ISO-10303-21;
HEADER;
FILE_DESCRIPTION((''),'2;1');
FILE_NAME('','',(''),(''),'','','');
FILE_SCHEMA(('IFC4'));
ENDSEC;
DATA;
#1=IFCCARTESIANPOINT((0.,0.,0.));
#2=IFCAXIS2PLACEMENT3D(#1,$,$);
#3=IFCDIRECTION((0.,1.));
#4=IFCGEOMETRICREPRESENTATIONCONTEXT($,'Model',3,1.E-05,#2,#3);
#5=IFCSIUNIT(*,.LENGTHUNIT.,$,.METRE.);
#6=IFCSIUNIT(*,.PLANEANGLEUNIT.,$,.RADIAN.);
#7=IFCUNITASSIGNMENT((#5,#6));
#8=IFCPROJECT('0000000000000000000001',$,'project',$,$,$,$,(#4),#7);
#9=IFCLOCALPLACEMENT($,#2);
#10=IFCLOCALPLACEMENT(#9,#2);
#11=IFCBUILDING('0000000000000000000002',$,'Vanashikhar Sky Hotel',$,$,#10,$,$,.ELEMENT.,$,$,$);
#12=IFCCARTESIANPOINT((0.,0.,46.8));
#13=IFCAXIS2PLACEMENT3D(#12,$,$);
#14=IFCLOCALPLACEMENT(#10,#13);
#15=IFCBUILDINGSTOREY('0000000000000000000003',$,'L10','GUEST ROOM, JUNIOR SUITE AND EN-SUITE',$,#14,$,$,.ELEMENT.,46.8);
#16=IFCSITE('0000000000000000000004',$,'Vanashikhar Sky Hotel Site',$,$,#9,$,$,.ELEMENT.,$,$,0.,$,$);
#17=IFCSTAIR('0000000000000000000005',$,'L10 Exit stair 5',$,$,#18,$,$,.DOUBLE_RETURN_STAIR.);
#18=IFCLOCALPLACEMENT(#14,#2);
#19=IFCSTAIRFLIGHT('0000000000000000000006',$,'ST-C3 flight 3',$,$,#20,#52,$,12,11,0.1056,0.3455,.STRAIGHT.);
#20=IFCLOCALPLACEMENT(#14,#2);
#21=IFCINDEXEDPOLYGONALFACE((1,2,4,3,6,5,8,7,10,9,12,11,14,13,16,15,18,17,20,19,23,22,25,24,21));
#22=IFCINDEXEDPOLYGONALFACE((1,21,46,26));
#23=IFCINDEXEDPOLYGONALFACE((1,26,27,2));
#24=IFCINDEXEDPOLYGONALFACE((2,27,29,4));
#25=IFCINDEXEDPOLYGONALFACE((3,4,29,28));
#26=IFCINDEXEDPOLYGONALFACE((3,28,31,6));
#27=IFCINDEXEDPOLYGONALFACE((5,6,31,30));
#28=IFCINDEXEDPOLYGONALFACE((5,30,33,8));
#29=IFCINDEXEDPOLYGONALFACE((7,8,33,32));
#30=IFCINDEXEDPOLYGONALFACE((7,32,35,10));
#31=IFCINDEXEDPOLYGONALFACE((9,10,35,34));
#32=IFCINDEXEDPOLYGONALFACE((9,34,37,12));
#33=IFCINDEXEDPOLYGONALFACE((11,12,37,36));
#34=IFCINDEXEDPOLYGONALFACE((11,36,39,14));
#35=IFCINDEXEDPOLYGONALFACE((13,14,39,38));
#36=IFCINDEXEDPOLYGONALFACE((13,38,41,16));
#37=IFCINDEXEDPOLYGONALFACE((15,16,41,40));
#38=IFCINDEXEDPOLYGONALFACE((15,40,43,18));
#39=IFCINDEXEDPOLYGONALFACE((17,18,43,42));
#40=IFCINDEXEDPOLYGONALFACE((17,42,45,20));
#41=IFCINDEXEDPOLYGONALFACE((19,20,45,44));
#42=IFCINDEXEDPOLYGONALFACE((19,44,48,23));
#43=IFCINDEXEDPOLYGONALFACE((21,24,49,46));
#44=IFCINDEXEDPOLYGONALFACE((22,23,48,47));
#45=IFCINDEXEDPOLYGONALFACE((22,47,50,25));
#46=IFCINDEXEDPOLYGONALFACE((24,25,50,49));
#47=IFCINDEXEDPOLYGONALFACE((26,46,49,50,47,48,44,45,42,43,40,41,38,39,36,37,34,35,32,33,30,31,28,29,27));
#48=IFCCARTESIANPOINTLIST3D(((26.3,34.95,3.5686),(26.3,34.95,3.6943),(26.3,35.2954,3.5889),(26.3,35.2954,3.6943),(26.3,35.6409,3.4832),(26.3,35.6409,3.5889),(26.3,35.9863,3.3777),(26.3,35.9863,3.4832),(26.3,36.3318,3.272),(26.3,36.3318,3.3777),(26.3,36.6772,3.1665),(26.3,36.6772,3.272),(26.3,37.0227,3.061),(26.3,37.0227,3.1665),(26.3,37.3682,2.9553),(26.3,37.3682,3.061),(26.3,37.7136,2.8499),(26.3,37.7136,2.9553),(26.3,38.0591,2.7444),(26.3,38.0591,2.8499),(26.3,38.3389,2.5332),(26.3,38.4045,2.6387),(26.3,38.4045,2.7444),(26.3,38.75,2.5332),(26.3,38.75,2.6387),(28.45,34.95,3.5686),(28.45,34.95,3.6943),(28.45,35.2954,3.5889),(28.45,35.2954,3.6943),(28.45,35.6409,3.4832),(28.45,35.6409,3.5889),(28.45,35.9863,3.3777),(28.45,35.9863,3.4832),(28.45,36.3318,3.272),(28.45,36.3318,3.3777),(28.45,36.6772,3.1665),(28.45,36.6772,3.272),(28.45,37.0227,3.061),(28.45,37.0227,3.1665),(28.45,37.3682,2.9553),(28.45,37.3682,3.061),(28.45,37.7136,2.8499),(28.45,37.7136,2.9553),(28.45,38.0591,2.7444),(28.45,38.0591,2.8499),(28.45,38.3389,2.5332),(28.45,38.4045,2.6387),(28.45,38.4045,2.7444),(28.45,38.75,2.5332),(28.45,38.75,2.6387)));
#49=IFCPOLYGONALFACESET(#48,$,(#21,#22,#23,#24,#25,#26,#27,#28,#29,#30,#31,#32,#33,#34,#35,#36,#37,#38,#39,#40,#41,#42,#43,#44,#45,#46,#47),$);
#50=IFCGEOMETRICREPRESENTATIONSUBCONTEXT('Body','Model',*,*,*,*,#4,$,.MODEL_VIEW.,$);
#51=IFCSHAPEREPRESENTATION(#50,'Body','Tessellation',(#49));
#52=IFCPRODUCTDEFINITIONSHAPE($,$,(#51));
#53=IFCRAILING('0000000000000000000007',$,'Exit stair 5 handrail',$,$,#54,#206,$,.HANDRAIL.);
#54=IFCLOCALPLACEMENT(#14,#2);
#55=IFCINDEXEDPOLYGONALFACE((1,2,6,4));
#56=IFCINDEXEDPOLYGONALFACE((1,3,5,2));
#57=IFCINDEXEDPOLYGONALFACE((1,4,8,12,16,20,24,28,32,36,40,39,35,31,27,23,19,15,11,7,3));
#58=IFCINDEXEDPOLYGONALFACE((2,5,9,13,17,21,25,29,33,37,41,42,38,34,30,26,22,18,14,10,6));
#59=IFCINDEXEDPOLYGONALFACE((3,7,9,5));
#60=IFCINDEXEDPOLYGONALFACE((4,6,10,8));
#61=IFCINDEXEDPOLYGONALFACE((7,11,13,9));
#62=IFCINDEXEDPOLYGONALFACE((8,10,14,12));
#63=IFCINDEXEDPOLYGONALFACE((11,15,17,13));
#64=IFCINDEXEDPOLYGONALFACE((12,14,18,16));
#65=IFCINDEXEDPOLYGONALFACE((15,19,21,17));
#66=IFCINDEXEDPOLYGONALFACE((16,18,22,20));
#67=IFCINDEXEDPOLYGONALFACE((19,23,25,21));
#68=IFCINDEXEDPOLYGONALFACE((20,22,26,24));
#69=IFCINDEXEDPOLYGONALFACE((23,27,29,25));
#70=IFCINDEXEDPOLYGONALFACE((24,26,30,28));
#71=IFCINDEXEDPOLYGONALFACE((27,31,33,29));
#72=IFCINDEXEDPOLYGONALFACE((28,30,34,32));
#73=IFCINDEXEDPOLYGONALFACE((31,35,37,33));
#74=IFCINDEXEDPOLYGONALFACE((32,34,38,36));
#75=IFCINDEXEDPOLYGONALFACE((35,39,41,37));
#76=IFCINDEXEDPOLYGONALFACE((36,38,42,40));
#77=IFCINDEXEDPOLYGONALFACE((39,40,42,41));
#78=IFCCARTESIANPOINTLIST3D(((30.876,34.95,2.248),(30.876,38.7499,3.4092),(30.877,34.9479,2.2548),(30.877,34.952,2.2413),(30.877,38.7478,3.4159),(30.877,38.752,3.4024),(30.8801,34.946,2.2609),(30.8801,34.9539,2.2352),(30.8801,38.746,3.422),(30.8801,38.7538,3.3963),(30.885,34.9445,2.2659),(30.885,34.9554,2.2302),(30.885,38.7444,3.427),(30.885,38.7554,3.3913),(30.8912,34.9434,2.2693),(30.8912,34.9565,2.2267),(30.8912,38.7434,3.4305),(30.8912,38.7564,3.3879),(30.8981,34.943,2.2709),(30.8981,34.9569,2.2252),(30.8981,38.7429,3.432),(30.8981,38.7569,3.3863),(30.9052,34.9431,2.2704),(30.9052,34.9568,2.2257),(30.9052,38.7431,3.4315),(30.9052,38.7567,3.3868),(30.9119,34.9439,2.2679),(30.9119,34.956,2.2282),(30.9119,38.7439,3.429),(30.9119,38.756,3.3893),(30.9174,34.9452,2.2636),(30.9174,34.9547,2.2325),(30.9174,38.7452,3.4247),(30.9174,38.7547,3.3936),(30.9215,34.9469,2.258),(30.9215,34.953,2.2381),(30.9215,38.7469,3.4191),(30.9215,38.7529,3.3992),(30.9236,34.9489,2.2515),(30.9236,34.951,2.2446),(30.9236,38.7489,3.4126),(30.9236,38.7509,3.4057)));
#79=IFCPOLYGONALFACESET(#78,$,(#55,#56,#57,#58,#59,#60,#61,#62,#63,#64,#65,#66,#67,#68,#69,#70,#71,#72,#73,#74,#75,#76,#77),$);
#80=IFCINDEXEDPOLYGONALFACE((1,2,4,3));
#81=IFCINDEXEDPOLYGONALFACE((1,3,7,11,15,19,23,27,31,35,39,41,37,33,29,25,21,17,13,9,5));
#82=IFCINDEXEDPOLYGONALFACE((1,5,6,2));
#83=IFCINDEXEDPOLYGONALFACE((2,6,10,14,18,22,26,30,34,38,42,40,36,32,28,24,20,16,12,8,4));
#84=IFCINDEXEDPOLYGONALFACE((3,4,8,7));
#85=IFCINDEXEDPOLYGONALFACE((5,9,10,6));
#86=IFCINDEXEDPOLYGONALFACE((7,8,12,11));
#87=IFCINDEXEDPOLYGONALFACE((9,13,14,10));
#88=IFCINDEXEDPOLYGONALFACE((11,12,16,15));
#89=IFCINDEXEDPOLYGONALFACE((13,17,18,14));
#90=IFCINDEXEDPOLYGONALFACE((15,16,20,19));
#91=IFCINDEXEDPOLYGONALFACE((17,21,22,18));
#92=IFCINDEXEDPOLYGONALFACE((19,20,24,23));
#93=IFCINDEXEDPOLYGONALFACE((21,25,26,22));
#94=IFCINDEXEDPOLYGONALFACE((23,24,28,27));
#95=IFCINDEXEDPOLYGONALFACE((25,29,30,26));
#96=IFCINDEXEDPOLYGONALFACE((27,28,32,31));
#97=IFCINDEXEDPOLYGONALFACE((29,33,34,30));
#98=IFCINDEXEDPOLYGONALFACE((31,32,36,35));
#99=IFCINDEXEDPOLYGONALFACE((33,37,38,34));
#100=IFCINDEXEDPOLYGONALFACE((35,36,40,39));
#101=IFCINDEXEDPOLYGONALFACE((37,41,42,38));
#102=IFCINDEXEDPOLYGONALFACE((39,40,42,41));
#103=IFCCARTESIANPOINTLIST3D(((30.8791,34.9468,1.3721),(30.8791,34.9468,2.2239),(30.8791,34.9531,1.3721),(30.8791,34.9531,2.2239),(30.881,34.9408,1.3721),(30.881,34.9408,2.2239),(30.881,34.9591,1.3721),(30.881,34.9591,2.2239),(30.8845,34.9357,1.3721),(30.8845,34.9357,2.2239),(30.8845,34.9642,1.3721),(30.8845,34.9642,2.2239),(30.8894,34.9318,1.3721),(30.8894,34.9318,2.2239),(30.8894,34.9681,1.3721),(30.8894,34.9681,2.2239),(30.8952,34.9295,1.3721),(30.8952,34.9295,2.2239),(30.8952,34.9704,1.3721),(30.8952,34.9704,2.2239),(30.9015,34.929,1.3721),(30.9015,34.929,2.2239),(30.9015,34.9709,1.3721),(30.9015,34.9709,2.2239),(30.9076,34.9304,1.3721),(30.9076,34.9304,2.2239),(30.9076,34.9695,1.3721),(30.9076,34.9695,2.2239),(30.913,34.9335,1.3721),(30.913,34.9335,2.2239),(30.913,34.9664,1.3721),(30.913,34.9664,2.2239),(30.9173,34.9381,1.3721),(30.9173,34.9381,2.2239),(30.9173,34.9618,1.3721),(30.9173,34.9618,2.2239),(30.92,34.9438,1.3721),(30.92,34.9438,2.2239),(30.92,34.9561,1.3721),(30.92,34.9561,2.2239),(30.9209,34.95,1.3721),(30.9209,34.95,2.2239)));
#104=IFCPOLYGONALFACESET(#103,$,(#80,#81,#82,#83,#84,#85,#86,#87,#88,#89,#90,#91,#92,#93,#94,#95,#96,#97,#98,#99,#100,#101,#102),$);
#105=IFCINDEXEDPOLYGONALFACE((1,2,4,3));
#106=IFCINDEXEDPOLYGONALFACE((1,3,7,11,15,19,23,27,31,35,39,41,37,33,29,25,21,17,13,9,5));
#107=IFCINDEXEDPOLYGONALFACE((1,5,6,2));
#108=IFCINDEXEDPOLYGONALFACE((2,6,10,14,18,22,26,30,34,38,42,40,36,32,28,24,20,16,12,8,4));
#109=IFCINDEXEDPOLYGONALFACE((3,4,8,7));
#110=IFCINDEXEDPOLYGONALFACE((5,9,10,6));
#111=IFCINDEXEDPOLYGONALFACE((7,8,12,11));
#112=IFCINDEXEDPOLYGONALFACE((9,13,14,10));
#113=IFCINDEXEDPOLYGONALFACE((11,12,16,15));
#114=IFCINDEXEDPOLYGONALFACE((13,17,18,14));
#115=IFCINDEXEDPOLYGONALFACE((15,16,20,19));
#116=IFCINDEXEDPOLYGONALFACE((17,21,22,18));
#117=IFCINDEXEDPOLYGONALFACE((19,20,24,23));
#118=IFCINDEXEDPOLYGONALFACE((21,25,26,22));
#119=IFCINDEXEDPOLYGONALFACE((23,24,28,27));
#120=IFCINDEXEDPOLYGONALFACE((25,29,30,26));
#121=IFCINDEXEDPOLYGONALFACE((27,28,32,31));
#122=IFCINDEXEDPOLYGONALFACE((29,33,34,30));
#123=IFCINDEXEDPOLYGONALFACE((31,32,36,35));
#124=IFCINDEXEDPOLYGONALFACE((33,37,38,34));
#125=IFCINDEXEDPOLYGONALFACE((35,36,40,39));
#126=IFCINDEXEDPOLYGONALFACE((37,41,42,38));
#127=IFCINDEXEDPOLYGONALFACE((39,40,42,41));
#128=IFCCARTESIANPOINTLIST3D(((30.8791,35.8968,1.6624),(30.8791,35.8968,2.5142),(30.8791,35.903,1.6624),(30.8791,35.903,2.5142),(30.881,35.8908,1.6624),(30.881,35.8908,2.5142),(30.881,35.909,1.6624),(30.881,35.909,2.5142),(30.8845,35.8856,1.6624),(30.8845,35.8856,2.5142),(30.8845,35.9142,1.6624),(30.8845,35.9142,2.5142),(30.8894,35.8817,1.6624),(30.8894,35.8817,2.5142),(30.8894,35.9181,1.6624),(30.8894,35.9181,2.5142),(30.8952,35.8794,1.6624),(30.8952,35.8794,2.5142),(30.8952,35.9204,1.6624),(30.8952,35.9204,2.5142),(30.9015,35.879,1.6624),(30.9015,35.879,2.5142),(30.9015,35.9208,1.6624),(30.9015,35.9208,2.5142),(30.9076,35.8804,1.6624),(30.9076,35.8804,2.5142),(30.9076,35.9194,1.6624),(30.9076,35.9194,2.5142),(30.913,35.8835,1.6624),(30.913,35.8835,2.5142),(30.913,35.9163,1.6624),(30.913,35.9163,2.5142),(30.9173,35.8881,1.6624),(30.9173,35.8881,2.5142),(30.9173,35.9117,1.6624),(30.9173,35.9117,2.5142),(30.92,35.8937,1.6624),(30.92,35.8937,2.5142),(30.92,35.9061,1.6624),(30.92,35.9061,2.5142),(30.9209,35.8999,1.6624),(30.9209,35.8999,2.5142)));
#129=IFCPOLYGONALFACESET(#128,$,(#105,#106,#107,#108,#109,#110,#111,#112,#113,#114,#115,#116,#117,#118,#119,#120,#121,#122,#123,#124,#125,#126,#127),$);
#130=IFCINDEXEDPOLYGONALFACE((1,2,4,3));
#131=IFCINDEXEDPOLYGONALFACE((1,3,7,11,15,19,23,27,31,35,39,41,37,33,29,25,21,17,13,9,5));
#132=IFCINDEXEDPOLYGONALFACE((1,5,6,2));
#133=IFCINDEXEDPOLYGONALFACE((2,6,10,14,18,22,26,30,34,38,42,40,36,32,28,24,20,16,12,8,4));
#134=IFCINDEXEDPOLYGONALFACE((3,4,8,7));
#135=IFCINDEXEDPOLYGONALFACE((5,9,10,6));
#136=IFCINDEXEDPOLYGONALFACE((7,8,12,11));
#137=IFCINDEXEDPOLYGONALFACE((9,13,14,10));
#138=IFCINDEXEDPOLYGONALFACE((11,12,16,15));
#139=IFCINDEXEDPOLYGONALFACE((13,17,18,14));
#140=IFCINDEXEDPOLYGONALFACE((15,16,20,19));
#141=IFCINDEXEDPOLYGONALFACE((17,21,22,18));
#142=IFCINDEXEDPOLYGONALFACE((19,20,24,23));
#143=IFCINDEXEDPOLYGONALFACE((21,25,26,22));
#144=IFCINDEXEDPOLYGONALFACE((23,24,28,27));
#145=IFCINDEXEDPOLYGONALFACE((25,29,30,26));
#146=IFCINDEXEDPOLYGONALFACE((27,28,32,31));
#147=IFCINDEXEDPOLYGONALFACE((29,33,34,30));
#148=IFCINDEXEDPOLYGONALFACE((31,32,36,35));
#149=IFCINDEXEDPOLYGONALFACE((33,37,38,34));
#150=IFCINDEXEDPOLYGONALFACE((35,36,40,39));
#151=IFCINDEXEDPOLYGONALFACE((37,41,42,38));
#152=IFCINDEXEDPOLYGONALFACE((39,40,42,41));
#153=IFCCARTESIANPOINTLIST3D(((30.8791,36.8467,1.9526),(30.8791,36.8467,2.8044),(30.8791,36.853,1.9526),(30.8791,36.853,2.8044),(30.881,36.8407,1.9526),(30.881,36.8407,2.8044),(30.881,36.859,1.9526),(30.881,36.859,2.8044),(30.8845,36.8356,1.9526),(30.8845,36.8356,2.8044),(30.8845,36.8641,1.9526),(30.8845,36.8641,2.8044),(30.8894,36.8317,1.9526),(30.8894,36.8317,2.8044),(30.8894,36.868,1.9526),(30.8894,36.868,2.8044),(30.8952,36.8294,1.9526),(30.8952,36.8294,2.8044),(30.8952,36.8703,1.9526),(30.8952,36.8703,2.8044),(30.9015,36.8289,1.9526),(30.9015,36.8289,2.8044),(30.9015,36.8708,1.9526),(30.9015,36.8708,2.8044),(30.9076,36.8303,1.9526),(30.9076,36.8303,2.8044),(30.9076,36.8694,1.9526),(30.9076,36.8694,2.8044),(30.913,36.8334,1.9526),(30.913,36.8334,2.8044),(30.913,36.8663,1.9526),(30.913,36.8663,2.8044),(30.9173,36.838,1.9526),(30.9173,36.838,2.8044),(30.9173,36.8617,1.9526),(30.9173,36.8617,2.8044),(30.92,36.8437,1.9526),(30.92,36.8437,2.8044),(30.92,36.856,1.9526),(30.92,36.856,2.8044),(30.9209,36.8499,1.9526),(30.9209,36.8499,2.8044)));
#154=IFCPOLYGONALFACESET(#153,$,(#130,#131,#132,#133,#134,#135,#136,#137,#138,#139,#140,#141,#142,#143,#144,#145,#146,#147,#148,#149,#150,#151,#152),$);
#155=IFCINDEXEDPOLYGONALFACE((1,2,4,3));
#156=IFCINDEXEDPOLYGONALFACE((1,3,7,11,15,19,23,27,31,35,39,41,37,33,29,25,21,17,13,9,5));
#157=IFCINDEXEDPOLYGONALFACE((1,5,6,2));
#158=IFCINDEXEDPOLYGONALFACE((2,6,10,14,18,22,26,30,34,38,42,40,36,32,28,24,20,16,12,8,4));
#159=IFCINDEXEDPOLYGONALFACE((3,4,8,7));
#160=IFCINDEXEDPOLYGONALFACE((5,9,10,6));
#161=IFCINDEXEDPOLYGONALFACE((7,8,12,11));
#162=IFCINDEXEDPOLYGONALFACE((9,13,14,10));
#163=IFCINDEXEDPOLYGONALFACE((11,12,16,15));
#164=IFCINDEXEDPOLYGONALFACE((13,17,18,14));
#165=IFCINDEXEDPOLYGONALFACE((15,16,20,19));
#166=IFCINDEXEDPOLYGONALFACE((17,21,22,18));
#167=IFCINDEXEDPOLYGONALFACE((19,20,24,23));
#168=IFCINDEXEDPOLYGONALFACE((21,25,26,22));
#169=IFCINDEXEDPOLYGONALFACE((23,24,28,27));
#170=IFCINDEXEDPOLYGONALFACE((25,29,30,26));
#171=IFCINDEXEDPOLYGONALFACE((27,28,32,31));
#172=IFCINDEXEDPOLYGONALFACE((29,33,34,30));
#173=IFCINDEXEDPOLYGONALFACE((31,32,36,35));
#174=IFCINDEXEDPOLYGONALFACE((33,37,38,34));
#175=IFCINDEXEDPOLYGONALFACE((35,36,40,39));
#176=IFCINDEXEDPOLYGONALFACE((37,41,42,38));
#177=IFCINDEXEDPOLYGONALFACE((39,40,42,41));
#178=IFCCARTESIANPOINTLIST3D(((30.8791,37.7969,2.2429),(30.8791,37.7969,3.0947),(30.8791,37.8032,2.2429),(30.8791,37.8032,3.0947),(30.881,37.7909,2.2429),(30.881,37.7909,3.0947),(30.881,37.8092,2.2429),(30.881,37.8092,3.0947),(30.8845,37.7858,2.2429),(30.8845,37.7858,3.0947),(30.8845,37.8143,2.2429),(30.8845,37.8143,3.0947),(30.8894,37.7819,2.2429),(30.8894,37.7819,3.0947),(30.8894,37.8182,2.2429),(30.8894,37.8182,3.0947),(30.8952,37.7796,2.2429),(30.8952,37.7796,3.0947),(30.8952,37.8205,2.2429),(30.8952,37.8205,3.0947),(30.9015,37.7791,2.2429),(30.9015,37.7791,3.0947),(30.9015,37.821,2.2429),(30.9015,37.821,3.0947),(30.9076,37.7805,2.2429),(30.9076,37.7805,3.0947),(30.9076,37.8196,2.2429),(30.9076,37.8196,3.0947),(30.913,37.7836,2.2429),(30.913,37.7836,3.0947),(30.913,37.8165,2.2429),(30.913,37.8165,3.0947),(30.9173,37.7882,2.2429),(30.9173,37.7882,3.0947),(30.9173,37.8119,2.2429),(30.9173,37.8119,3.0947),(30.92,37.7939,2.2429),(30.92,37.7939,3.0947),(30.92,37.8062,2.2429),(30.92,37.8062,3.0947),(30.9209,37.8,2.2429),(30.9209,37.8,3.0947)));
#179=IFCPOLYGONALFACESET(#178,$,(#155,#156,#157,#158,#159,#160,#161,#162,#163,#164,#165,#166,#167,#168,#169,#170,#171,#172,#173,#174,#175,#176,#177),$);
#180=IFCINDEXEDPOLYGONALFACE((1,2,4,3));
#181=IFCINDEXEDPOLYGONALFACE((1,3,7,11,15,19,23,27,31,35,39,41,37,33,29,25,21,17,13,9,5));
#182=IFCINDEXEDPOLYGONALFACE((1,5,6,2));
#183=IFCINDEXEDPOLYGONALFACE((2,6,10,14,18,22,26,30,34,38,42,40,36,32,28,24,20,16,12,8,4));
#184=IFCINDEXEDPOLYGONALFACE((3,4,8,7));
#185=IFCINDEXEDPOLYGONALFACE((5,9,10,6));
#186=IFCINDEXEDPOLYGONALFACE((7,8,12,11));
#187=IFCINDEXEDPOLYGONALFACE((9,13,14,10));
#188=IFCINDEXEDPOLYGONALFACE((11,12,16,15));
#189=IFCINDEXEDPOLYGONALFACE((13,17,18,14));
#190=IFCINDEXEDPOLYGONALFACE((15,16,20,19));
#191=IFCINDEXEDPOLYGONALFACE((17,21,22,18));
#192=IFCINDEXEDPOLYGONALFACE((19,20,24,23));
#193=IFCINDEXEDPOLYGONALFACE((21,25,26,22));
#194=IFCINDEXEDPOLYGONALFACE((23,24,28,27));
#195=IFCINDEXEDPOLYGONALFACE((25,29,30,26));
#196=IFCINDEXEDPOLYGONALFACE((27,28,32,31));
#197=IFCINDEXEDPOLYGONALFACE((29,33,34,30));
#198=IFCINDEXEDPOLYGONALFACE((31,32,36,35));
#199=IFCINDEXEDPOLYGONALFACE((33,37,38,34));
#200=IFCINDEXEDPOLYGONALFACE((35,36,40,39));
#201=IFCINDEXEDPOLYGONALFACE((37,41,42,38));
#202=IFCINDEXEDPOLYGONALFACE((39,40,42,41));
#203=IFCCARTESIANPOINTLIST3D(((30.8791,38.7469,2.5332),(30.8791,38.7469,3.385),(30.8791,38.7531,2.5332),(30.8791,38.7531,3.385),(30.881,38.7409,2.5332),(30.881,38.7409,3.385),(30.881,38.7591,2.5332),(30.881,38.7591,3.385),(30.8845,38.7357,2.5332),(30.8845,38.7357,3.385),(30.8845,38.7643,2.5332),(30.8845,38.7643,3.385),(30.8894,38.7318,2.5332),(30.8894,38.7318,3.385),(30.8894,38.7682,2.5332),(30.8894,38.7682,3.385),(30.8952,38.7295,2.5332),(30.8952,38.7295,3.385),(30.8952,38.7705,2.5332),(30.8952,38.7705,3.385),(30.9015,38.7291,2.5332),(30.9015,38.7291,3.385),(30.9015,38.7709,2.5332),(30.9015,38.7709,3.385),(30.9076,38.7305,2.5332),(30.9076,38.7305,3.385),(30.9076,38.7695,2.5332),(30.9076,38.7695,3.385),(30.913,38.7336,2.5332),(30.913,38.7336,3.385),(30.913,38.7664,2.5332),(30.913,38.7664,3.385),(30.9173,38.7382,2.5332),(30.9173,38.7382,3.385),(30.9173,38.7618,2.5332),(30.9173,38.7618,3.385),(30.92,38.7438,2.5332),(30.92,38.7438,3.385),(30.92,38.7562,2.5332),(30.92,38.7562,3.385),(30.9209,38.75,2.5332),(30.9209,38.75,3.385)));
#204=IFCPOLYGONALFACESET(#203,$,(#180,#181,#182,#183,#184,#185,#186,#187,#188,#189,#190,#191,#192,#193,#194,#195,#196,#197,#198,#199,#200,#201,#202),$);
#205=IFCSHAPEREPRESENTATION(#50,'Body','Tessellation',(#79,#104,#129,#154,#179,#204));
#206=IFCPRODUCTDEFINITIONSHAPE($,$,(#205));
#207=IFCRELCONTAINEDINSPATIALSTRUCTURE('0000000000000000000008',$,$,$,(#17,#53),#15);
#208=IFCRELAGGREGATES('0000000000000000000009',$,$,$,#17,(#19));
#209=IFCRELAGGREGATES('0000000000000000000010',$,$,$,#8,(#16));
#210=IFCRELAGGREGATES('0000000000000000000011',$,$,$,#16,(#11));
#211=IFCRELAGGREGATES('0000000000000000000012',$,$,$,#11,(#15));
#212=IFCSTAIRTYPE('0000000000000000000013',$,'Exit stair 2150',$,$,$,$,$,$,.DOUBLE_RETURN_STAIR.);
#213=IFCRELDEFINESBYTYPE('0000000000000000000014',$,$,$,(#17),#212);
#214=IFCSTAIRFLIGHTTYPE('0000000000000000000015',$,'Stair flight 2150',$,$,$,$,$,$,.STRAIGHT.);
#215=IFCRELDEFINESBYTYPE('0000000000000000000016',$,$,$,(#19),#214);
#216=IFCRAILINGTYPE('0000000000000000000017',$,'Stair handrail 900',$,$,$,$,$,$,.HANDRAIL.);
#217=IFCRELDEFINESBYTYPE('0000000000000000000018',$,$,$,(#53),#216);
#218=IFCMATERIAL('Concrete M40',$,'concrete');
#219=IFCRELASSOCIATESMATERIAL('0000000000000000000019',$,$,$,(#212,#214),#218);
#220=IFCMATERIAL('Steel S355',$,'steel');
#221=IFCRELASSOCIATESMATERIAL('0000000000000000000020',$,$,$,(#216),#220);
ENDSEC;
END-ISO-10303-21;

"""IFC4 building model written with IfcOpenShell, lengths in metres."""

from ifc_helpers import new_model, si_unit, direction, frame, origin, origin_2d, place, context, subcontext, project, spatial, polyline, circle, outline, extrude, source, transform, mapped, material, type_object, element, aggregate, save


model = new_model("IFC4")

# Units and contexts
model_context = context("Model", 3, precision=1e-05, world=origin(), true_north=direction((0.0, 1.0)))
body_context = subcontext(model_context, "Body", "Model", "MODEL_VIEW")
ifc_project = project(units=[si_unit("LENGTHUNIT", "METRE"), si_unit("PLANEANGLEUNIT", "RADIAN")], contexts=[model_context])

# Site, building, storey
site_placement = place(None, origin())
site = spatial("IfcSite", under=ifc_project, at=site_placement, Name="Vanashikhar Sky Hotel Site", CompositionType="ELEMENT", RefElevation=0.0)
building_placement = place(site_placement, origin())
building = spatial("IfcBuilding", under=site, at=building_placement, Name="Vanashikhar Sky Hotel", CompositionType="ELEMENT")
storey_placement = place(building_placement, frame((0.0, 0.0, 46.8)))
storey = spatial("IfcBuildingStorey", under=building, at=storey_placement, Name="L10", Description="GUEST ROOM, JUNIOR SUITE AND EN-SUITE", CompositionType="ELEMENT", Elevation=46.8)

# Shared definitions
ifc_material_1 = material(Name="Concrete M40", Category="concrete")

# Stair, stair flight
stair_type = type_object("IfcStairType", Name="Exit stair 2150", PredefinedType="DOUBLE_RETURN_STAIR", material=ifc_material_1)
stair_placement = place(storey_placement, origin())
stair = element("IfcStair", 1, at=stair_placement, inside=storey, type_object=stair_type, Name="L10 Exit stair 5", PredefinedType="DOUBLE_RETURN_STAIR")
stair_flight_type = type_object("IfcStairFlightType", Name="Stair flight 2150", PredefinedType="STRAIGHT", material=ifc_material_1)
shared_shape_1 = source(origin(), body_context, "Body", "SweptSolid", [
    extrude(outline(polyline([(0.0, 0.0), (0.0, 0.1055), (0.3455, 0.1055), (0.3455, 0.2112), (0.6909, 0.2112), (0.6909, 0.3167), (1.0364, 0.3167), (1.0364, 0.4221), (1.3818, 0.4221), (1.3818, 0.5278), (1.7273, 0.5278), (1.7273, 0.6333), (2.0728, 0.6333), (2.0728, 0.7388), (2.4182, 0.7388), (2.4182, 0.8445), (2.7637, 0.8445), (2.7637, 0.95), (3.1091, 0.95), (3.1091, 1.0557), (3.4546, 1.0557), (3.4546, 1.1611), (3.8, 1.1611), (3.8, 1.2666), (3.8, 1.0354), (0.4111, 0.0), (0.0, 0.0)])), frame((0.0, 1.075, 0.0), z_axis=(0.0, -1.0, 0.0), x_axis=(1.0, 0.0, 0.0)), (0.0, 0.0, 1.0), 2.1499),
])
stair_flight_1_placement = place(storey_placement, frame((27.375, 38.75, 2.5332), z_axis=(0.0, 0.0, 1.0), x_axis=(0.0, -1.0, 0.0)))
stair_flight_1 = element("IfcStairFlight", 2, at=stair_flight_1_placement, type_object=stair_flight_type, Name="ST-C3 flight 3", NumberOfRisers=12, NumberOfTreads=11, PredefinedType="STRAIGHT", RiserHeight=0.1056, TreadLength=0.3455, context=body_context, shape_type="MappedRepresentation", body=[
    mapped(shared_shape_1, transform((0.0, 0.0, 0.0), scale=1.0)),
])
aggregate(stair, [stair_flight_1])

# Railing
ifc_material_2 = material(Name="Steel S355", Category="steel")
railing_type_1 = type_object("IfcRailingType", Name="Stair handrail 900", PredefinedType="HANDRAIL", material=ifc_material_2)
shared_shape_2 = source(origin(), body_context, "Body", "SweptSolid", [
    extrude(circle(Radius=0.0239, at=origin_2d()), frame((0.0, 0.0, 0.876), z_axis=(0.0, 0.956351, 0.29222), x_axis=(-1.0, 0.0, 0.0)), (0.0, 0.0, 1.0), 3.9734),
    extrude(circle(Radius=0.021, at=origin_2d()), origin(), (0.0, 0.0, 1.0), 0.8518),
    extrude(circle(Radius=0.021, at=origin_2d()), frame((0.0, 0.95, 0.2903)), (0.0, 0.0, 1.0), 0.8518),
    extrude(circle(Radius=0.021, at=origin_2d()), frame((0.0, 1.8999, 0.5806)), (0.0, 0.0, 1.0), 0.8518),
    extrude(circle(Radius=0.021, at=origin_2d()), frame((0.0, 2.8501, 0.8708)), (0.0, 0.0, 1.0), 0.8518),
    extrude(circle(Radius=0.021, at=origin_2d()), frame((0.0, 3.8, 1.1611)), (0.0, 0.0, 1.0), 0.8518),
])
railing_1_placement = place(storey_placement, frame((30.8999, 34.95, 1.3721)))
element("IfcRailing", 3, at=railing_1_placement, inside=storey, type_object=railing_type_1, Name="Exit stair 5 handrail", PredefinedType="HANDRAIL", context=body_context, shape_type="MappedRepresentation", body=[
    mapped(shared_shape_2, transform((0.0, 0.0, 0.0), scale=1.0)),
])

save(model, "model.ifc")
